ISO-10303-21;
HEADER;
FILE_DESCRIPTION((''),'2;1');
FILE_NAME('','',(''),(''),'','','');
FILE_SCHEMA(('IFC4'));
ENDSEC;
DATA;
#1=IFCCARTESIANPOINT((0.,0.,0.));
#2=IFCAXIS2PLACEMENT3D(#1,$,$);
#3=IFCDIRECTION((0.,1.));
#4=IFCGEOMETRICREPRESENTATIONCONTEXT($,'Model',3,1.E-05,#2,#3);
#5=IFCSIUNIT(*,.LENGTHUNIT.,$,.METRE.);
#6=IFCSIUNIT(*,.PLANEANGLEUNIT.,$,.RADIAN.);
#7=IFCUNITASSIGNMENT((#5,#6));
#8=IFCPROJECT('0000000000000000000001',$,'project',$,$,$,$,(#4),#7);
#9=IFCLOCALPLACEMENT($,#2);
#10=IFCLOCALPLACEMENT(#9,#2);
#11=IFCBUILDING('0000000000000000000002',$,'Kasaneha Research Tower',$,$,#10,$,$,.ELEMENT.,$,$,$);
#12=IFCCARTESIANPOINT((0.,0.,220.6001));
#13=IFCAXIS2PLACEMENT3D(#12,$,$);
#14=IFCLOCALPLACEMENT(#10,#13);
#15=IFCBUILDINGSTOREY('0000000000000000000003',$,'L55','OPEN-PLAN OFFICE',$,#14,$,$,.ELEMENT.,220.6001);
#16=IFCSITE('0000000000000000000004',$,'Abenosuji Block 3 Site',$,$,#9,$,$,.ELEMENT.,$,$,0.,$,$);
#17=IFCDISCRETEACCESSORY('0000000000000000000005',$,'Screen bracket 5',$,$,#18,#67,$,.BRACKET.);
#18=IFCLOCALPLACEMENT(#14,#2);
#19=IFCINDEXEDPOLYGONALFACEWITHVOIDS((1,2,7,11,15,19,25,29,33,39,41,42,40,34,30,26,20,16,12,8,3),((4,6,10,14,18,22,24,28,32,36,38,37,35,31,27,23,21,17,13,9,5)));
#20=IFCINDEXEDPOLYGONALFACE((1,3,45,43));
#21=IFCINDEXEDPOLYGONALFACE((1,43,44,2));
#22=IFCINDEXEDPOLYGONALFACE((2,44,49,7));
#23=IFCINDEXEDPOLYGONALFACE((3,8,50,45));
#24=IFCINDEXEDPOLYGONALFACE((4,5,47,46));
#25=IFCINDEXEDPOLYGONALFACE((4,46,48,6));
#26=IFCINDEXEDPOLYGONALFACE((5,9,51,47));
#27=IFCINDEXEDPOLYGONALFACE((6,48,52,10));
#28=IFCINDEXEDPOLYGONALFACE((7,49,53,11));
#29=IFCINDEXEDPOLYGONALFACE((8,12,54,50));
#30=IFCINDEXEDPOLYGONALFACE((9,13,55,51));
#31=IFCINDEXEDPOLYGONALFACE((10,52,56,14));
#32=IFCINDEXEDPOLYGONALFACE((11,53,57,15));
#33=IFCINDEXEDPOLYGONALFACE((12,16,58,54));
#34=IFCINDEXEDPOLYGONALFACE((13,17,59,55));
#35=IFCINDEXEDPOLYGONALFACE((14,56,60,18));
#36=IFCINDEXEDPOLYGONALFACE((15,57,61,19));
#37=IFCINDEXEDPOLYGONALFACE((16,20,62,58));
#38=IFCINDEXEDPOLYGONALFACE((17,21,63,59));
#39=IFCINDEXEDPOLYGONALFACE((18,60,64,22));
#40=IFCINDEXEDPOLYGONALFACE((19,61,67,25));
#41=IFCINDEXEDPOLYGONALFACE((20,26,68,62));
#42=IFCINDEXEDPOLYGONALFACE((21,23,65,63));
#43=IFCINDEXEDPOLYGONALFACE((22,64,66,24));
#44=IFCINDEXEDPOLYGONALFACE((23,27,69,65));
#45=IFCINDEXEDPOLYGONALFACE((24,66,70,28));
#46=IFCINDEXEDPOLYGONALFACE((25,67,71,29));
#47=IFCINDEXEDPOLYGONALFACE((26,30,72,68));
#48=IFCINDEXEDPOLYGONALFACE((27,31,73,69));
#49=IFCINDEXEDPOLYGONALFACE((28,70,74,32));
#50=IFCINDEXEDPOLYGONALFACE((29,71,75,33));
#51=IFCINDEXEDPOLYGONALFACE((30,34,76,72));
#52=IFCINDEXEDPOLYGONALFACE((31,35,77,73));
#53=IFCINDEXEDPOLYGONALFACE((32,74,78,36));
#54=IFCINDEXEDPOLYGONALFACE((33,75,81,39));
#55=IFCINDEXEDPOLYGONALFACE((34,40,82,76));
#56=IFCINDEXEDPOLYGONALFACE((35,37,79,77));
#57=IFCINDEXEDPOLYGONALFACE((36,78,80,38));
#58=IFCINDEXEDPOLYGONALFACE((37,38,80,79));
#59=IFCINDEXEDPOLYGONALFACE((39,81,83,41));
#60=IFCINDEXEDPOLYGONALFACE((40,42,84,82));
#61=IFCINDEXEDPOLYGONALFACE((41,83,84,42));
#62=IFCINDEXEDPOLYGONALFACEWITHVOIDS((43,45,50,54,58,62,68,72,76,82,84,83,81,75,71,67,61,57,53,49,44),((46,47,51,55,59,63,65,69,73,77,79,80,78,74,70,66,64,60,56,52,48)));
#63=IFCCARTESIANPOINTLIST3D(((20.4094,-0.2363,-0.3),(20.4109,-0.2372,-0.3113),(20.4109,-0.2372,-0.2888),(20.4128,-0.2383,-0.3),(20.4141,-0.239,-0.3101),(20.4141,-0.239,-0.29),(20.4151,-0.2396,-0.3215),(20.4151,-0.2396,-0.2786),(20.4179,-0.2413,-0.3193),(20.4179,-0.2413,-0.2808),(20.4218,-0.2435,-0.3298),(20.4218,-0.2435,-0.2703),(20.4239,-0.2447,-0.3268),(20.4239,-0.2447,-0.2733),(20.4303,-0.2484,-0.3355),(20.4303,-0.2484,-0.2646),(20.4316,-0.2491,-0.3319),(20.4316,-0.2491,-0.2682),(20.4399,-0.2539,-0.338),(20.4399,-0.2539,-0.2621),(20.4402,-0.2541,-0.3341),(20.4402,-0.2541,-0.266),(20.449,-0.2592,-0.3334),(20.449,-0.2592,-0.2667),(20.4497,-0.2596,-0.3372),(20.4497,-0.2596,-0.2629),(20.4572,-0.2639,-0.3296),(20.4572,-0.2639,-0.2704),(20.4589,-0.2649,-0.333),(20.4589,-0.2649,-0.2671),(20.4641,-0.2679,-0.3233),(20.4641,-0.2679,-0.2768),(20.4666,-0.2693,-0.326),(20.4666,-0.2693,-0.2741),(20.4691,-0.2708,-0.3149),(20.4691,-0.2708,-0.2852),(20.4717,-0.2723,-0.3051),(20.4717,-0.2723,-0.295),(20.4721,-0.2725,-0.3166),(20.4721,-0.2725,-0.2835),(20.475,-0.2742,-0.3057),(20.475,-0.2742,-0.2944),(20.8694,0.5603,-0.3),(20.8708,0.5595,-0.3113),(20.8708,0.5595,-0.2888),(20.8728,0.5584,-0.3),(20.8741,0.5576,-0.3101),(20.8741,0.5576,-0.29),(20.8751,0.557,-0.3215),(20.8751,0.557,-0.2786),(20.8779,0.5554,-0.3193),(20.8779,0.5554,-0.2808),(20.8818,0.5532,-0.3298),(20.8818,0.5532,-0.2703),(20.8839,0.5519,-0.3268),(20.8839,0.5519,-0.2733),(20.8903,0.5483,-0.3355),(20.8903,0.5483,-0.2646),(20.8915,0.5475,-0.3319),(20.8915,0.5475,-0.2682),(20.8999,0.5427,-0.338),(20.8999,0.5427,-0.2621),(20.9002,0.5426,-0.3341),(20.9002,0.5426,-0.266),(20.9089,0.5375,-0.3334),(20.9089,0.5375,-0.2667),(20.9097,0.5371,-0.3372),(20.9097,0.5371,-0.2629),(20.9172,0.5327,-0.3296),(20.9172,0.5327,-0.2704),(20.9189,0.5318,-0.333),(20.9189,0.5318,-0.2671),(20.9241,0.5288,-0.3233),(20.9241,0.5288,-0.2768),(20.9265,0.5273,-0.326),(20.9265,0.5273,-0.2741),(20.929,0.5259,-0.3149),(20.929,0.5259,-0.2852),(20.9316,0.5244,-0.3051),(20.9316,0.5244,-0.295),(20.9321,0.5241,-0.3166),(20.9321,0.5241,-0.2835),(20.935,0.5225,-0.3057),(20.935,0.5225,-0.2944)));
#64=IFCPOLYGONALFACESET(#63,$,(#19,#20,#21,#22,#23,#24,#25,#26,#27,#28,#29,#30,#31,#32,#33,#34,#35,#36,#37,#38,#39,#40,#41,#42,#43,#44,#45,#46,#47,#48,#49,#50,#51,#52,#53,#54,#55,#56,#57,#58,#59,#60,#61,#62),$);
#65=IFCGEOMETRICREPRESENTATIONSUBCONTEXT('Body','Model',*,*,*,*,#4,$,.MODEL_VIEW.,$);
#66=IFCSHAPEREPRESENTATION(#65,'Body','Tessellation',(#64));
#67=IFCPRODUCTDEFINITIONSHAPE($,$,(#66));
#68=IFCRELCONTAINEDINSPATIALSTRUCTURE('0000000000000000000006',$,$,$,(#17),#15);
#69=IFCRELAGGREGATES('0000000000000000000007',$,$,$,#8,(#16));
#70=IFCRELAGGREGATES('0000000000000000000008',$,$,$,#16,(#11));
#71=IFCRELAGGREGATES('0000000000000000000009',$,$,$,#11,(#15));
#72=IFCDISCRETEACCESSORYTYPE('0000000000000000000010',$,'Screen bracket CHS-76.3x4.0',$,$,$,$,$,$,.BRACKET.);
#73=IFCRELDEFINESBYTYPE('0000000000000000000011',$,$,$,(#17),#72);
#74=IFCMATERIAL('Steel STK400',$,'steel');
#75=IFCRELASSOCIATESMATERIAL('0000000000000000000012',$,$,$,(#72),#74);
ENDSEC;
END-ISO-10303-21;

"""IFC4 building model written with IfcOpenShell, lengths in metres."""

from ifc_helpers import new_model, si_unit, direction, frame, origin, origin_2d, place, context, subcontext, project, spatial, hollow_circle, extrude, material, material_profile, profile_set, type_object, element, save


model = new_model("IFC4")

# Units and contexts
model_context = context("Model", 3, precision=1e-05, world=origin(), true_north=direction((0.0, 1.0)))
body_context = subcontext(model_context, "Body", "Model", "MODEL_VIEW")
ifc_project = project(units=[si_unit("LENGTHUNIT", "METRE"), si_unit("PLANEANGLEUNIT", "RADIAN")], contexts=[model_context])

# Site, building, storey
site_placement = place(None, origin())
site = spatial("IfcSite", under=ifc_project, at=site_placement, Name="Abenosuji Block 3 Site", CompositionType="ELEMENT", RefElevation=0.0)
building_placement = place(site_placement, origin())
building = spatial("IfcBuilding", under=site, at=building_placement, Name="Kasaneha Research Tower", CompositionType="ELEMENT")
storey_placement = place(building_placement, frame((0.0, 0.0, 220.6001)))
storey = spatial("IfcBuildingStorey", under=building, at=storey_placement, Name="L55", Description="OPEN-PLAN OFFICE", CompositionType="ELEMENT", Elevation=220.6001)

# Discrete accessory
ifc_material_1 = material(Name="Steel STK400", Category="steel")
ifc_material_profile_1 = material_profile(ifc_material_1, hollow_circle(Radius=0.0381, WallThickness=0.0039, at=origin_2d()), Name="CHS-76.3x4.0")
ifc_profile_set_1 = profile_set([ifc_material_profile_1], Name="Steel STK400")
discrete_accessory_type = type_object("IfcDiscreteAccessoryType", Name="Screen bracket CHS-76.3x4.0", PredefinedType="BRACKET", material=ifc_profile_set_1)
discrete_accessory_1_placement = place(storey_placement, frame((20.4424, -0.2554, -0.3), z_axis=(0.500021, 0.866013, 0.0), x_axis=(-0.866013, 0.500021, 0.0)))
element("IfcDiscreteAccessory", 1, at=discrete_accessory_1_placement, inside=storey, type_object=discrete_accessory_type, Name="Screen bracket 5", PredefinedType="BRACKET", context=body_context, shape_type="SweptSolid", body=[
    extrude(hollow_circle(Radius=0.0381, WallThickness=0.0039, at=origin_2d()), origin(), (0.0, 0.0, 1.0), 0.9199),
])

save(model, "model.ifc")
